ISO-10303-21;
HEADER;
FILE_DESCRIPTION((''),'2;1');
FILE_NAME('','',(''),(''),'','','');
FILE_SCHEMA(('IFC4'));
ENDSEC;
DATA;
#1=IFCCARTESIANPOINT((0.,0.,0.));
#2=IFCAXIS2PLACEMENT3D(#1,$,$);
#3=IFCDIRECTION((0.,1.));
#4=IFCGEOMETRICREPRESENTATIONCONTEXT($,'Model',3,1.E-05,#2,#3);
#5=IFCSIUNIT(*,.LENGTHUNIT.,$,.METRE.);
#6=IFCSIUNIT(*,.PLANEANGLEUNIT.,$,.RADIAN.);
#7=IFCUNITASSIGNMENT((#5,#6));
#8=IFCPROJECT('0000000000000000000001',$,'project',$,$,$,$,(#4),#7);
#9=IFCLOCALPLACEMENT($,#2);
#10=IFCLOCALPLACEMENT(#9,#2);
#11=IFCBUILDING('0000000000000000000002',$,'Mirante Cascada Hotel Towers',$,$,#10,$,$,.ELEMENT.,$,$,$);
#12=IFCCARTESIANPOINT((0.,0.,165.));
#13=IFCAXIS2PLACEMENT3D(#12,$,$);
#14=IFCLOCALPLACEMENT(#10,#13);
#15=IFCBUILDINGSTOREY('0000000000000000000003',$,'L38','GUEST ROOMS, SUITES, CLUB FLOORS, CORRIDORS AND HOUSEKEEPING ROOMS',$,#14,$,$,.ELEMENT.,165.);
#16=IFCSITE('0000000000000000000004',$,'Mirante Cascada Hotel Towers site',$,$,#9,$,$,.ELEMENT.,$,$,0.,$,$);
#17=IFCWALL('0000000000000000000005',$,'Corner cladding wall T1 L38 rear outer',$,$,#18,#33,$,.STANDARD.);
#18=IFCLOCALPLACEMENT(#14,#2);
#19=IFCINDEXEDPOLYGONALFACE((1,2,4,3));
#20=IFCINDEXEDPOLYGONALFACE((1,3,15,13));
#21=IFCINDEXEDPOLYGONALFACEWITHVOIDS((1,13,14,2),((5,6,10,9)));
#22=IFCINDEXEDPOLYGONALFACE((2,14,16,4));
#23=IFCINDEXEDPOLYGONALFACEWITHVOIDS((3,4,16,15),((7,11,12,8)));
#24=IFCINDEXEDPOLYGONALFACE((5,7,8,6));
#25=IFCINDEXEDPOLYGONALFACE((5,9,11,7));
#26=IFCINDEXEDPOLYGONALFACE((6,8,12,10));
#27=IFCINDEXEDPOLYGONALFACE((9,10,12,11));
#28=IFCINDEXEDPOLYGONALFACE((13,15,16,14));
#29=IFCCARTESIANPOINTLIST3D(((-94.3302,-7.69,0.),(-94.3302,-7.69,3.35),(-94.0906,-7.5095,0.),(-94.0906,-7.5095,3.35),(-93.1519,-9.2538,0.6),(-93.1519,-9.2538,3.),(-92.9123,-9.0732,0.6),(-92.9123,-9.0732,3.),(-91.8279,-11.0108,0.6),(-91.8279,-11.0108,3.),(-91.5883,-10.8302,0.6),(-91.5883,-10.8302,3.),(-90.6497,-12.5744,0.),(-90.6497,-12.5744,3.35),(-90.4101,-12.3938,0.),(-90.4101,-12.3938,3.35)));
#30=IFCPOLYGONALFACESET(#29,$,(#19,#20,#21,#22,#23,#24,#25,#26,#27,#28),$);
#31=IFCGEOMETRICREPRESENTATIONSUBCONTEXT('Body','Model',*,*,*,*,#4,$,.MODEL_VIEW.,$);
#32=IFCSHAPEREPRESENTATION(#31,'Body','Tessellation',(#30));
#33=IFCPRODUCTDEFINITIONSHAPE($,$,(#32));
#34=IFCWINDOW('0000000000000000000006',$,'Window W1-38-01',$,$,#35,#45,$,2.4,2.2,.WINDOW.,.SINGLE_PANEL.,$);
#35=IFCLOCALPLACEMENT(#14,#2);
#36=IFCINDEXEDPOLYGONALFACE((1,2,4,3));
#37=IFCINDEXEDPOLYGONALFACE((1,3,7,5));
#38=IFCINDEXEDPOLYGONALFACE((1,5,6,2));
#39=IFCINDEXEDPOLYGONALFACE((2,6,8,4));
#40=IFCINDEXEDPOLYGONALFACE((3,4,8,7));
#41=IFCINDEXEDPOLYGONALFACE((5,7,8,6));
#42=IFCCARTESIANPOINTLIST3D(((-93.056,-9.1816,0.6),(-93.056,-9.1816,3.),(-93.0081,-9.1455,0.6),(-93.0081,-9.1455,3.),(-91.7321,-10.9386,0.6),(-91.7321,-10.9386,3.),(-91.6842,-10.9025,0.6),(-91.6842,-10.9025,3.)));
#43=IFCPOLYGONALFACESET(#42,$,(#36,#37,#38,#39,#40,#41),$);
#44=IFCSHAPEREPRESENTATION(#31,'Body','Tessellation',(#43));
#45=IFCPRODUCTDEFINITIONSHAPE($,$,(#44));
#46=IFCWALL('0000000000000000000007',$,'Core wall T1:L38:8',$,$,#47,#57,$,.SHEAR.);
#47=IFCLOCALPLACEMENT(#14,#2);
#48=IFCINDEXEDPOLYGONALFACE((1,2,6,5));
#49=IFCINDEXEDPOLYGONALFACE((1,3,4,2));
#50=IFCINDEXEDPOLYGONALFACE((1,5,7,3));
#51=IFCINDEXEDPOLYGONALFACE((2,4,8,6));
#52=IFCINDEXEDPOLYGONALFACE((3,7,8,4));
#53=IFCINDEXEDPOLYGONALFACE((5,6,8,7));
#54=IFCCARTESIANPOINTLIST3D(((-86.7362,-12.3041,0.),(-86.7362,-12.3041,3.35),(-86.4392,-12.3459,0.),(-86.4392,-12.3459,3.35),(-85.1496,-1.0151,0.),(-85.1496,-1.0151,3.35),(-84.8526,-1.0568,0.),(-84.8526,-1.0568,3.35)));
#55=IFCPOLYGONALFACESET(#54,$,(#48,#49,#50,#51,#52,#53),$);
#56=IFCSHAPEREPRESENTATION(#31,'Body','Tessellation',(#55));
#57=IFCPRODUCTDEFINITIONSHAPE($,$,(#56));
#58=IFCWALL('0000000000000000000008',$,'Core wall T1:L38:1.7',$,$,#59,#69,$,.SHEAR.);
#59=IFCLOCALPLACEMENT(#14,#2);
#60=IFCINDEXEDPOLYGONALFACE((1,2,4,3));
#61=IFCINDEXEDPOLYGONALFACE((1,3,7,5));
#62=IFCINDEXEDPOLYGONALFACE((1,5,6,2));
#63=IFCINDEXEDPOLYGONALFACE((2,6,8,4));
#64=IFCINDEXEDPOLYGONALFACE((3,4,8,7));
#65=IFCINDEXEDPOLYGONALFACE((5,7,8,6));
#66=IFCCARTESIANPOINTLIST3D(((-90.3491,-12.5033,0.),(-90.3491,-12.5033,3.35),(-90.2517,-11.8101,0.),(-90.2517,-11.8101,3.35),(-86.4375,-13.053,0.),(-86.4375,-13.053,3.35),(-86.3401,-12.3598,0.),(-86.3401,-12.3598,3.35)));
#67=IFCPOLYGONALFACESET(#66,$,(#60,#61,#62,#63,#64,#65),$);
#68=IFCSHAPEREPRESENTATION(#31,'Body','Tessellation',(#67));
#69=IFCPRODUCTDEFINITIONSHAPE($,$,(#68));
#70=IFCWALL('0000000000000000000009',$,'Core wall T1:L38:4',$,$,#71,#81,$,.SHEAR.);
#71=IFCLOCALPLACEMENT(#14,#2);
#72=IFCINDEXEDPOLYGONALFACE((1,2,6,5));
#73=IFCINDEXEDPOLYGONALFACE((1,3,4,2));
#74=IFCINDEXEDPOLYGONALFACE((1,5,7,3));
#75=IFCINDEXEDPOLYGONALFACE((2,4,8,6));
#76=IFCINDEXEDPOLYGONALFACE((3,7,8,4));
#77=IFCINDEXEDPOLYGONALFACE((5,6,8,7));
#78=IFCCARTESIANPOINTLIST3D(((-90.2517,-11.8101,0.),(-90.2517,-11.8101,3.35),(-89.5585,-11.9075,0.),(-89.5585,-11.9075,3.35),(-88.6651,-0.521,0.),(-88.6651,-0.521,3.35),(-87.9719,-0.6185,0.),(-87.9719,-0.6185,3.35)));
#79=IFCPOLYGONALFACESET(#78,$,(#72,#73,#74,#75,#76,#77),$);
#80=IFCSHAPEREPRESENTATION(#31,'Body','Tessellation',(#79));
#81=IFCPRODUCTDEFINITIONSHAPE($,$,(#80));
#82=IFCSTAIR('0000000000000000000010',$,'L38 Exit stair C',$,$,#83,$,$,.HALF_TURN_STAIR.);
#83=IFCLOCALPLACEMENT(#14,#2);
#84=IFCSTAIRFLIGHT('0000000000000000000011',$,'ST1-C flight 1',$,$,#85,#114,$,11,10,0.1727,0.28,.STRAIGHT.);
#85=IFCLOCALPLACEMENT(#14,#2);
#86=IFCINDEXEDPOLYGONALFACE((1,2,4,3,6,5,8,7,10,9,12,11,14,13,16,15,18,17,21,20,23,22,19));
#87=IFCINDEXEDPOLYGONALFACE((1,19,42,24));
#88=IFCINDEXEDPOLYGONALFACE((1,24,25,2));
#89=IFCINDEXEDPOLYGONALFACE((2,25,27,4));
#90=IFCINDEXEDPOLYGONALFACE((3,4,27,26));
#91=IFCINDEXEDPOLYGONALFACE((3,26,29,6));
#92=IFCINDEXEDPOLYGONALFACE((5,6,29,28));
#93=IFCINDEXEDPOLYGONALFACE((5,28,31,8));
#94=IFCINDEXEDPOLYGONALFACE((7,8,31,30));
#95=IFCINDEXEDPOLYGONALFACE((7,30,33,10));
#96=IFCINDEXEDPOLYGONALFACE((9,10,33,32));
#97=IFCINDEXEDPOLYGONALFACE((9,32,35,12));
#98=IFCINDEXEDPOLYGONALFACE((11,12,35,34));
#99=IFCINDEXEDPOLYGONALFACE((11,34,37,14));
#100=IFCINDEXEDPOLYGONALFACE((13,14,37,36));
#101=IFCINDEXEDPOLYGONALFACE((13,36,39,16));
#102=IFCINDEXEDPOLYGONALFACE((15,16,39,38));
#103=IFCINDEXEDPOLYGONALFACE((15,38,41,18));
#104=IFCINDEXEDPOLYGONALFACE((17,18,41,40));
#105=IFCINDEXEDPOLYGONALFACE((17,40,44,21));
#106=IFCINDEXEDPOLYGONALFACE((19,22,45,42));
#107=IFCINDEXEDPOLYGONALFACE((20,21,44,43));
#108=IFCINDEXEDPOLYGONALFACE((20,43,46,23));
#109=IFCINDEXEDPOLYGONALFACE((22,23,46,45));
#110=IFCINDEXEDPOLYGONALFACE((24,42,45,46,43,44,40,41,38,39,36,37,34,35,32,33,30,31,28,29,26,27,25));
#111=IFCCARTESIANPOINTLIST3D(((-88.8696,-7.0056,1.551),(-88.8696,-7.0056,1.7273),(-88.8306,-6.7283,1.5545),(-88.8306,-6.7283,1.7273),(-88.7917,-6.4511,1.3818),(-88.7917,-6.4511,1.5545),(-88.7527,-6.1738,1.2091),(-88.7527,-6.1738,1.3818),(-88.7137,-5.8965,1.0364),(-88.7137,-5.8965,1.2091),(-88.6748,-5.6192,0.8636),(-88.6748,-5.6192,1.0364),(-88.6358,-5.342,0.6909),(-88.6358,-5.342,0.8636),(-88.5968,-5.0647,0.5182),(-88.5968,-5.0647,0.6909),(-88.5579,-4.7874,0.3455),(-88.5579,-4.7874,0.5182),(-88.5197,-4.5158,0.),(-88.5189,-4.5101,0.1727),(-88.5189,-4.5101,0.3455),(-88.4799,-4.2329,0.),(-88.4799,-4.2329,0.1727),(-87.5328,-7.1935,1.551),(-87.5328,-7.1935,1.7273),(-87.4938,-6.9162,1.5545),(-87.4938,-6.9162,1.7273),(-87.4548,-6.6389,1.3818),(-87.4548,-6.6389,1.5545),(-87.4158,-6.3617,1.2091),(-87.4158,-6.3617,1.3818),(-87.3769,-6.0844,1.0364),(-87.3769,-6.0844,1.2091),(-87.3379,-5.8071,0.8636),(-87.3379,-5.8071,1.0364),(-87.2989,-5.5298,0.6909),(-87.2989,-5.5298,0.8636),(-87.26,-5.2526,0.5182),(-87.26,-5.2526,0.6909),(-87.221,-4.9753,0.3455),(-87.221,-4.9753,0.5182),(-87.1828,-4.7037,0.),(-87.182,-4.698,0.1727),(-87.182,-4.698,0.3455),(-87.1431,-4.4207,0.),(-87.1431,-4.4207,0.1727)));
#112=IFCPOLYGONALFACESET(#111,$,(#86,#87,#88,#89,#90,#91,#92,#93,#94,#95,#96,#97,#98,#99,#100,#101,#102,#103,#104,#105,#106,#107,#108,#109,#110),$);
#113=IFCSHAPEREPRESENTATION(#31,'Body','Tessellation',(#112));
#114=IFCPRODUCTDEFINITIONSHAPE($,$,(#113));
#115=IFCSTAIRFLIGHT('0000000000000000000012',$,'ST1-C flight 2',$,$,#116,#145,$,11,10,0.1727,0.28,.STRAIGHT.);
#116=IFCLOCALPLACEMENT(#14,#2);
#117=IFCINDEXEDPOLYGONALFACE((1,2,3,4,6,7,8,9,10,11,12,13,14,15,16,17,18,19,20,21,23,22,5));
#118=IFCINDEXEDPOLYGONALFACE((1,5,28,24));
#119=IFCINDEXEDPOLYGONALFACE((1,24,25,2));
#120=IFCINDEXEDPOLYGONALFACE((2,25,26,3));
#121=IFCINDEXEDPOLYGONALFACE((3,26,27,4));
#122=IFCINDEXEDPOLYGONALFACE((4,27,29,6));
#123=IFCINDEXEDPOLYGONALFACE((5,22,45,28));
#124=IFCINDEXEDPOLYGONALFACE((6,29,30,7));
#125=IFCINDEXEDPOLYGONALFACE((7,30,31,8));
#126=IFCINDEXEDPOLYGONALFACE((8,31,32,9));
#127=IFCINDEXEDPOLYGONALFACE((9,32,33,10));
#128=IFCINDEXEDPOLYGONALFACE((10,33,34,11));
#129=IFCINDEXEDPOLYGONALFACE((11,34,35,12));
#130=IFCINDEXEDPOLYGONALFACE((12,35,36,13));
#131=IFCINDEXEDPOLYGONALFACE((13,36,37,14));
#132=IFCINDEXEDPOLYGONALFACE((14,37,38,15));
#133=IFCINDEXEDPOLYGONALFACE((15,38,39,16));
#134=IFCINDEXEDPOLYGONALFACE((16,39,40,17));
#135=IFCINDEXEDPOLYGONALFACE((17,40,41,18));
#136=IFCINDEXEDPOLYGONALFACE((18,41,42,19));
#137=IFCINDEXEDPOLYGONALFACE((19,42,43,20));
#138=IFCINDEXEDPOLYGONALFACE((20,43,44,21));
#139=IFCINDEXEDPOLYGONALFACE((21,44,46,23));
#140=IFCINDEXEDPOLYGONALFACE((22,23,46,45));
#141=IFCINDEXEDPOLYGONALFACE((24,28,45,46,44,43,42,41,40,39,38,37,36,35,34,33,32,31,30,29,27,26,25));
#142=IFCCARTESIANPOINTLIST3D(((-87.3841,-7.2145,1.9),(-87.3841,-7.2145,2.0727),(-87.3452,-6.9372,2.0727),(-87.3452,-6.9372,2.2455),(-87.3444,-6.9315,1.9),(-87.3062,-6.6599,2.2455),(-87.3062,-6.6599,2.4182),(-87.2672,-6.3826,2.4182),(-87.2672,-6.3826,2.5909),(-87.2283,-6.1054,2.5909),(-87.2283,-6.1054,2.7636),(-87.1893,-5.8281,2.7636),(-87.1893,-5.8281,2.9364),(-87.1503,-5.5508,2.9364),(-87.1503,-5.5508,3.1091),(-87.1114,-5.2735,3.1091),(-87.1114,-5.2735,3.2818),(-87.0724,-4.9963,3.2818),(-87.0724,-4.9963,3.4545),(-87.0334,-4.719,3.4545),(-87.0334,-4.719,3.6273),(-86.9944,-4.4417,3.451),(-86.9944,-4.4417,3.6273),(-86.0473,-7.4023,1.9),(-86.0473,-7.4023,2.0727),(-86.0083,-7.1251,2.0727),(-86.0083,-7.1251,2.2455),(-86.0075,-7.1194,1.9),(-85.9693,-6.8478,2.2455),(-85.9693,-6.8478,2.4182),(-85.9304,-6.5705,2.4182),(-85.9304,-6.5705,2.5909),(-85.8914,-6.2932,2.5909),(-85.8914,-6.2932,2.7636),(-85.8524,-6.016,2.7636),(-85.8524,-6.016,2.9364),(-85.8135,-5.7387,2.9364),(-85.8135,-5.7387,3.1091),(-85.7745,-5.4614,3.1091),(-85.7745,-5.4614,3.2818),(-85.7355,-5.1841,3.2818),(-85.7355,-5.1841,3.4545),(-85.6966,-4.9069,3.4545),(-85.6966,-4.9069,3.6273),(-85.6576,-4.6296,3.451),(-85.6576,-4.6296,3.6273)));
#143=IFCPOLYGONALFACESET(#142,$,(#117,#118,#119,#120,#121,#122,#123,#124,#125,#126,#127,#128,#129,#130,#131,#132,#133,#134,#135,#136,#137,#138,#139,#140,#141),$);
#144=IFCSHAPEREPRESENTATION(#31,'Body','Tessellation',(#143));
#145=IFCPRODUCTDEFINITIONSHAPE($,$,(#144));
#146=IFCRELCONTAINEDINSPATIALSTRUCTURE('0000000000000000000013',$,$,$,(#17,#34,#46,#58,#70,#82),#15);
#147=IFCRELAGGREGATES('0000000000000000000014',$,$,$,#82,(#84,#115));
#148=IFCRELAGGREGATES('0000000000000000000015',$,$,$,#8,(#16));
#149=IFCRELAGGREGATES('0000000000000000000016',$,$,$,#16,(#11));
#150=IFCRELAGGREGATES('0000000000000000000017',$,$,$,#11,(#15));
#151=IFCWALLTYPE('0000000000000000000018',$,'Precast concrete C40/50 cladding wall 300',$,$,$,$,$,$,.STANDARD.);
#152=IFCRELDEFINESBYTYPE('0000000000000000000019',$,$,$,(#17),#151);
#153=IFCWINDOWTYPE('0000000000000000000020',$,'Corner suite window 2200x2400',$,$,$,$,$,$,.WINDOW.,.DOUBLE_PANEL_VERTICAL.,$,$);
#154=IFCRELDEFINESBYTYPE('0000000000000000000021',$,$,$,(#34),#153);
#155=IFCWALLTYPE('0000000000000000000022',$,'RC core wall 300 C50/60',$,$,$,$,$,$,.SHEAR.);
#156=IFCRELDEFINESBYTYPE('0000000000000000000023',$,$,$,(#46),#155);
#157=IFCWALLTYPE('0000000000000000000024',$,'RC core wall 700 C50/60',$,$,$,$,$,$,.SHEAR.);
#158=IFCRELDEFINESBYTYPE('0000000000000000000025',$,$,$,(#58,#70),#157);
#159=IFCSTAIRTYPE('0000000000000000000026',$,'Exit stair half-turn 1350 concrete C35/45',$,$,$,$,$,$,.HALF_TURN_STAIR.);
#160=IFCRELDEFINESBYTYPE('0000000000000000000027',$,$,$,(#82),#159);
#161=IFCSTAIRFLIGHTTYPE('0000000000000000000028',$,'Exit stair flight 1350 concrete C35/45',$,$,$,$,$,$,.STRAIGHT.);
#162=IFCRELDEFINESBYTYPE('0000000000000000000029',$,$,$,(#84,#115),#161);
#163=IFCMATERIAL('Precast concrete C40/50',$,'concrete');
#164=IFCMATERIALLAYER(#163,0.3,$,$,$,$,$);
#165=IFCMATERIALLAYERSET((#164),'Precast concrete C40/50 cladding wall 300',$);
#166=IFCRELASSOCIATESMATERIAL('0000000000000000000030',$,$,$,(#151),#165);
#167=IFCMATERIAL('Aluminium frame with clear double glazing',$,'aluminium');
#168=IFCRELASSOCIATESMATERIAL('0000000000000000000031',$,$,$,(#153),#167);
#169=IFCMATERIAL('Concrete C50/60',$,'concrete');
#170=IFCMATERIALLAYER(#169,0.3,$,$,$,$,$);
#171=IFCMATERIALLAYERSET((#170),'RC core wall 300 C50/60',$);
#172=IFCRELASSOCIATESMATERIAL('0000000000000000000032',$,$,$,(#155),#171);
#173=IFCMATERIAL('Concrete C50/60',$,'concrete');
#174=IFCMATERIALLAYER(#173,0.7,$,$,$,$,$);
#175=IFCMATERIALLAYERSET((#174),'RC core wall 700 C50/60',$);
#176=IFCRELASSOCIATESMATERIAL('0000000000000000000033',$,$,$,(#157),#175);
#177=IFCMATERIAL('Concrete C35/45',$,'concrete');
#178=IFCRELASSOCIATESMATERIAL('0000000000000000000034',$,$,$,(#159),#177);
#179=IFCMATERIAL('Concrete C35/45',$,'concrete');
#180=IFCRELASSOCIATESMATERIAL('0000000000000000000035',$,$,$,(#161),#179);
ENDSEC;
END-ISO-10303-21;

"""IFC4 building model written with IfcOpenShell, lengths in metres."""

from ifc_helpers import new_model, si_unit, direction, frame, frame_2d, origin, place, context, subcontext, project, spatial, polyline, rectangle, outline, extrude, material, layer, layer_set, type_object, element, fill, aggregate, save


model = new_model("IFC4")

# Units and contexts
model_context = context("Model", 3, precision=1e-05, world=origin(), true_north=direction((0.0, 1.0)))
body_context = subcontext(model_context, "Body", "Model", "MODEL_VIEW")
ifc_project = project(units=[si_unit("LENGTHUNIT", "METRE"), si_unit("PLANEANGLEUNIT", "RADIAN")], contexts=[model_context])

# Site, building, storey
site_placement = place(None, origin())
site = spatial("IfcSite", under=ifc_project, at=site_placement, Name="Mirante Cascada Hotel Towers site", CompositionType="ELEMENT", RefElevation=0.0)
building_placement = place(site_placement, origin())
building = spatial("IfcBuilding", under=site, at=building_placement, Name="Mirante Cascada Hotel Towers", CompositionType="ELEMENT")
storey_placement = place(building_placement, frame((0.0, 0.0, 165.0)))
storey = spatial("IfcBuildingStorey", under=building, at=storey_placement, Name="L38", Description="GUEST ROOMS, SUITES, CLUB FLOORS, CORRIDORS AND HOUSEKEEPING ROOMS", CompositionType="ELEMENT", Elevation=165.0)

# Wall, opening, window
ifc_material_1 = material(Name="Precast concrete C40/50", Category="concrete")
ifc_layer_1 = layer(ifc_material_1, 0.3)
ifc_layer_set_1 = layer_set([ifc_layer_1], Name="Precast concrete C40/50 cladding wall 300")
wall_type_1 = type_object("IfcWallType", Name="Precast concrete C40/50 cladding wall 300", PredefinedType="STANDARD", material=ifc_layer_set_1)
wall_1_placement = place(storey_placement, frame((-90.5299, -12.4841, 0.0), z_axis=(0.0, 0.0, 1.0), x_axis=(-0.601806, 0.798642, 0.0)))
wall_1 = element("IfcWall", 1, at=wall_1_placement, inside=storey, type_object=wall_type_1, Name="Corner cladding wall T1 L38 rear outer", PredefinedType="STANDARD", context=body_context, shape_type="SweptSolid", body=[
    extrude(rectangle(XDim=6.1158, YDim=0.3, at=frame_2d((3.0579, 0.0))), origin(), (0.0, 0.0, 1.0), 3.35),
])
opening_1_placement = place(wall_1_placement, frame((1.9578, 0.0, 0.6)))
opening_1 = element("IfcOpeningElement", 2, at=opening_1_placement, cuts=wall_1, PredefinedType="OPENING", context=body_context, shape_type="SweptSolid", body=[
    extrude(rectangle(XDim=2.2, YDim=2.4, at=frame_2d((1.1, 1.2))), frame((0.0, 0.15, 0.0), z_axis=(0.0, -1.0, 0.0), x_axis=(1.0, 0.0, 0.0)), (0.0, 0.0, 1.0), 0.3),
])
ifc_material_2 = material(Name="Aluminium frame with clear double glazing", Category="aluminium")
window_type = type_object("IfcWindowType", Name="Corner suite window 2200x2400", PartitioningType="DOUBLE_PANEL_VERTICAL", PredefinedType="WINDOW", material=ifc_material_2)
window_placement = place(opening_1_placement, origin())
window = element("IfcWindow", 3, at=window_placement, inside=storey, type_object=window_type, Name="Window W1-38-01", OverallHeight=2.4, OverallWidth=2.2, PartitioningType="SINGLE_PANEL", PredefinedType="WINDOW", context=body_context, shape_type="SweptSolid", body=[
    extrude(rectangle(XDim=2.2, YDim=2.4, at=frame_2d((1.1, 1.2))), frame((0.0, 0.03, 0.0), z_axis=(0.0, -1.0, 0.0), x_axis=(1.0, 0.0, 0.0)), (0.0, 0.0, 1.0), 0.06),
])
fill(opening_1, window)

# Walls
ifc_material_3 = material(Name="Concrete C50/60", Category="concrete")
ifc_layer_2 = layer(ifc_material_3, 0.3)
ifc_layer_set_2 = layer_set([ifc_layer_2], Name="RC core wall 300 C50/60")
wall_type_2 = type_object("IfcWallType", Name="RC core wall 300 C50/60", PredefinedType="SHEAR", material=ifc_layer_set_2)
wall_2_placement = place(storey_placement, frame((-86.5877, -12.325, 0.0), z_axis=(0.0, 0.0, 1.0), x_axis=(0.139175, 0.990268, 0.0)))
element("IfcWall", 4, at=wall_2_placement, inside=storey, type_object=wall_type_2, Name="Core wall T1:L38:8", PredefinedType="SHEAR", context=body_context, shape_type="SweptSolid", body=[
    extrude(rectangle(XDim=11.4, YDim=0.3, at=frame_2d((5.7, 0.0))), origin(), (0.0, 0.0, 1.0), 3.35),
])
ifc_material_4 = material(Name="Concrete C50/60", Category="concrete")
ifc_layer_3 = layer(ifc_material_4, 0.7)
ifc_layer_set_3 = layer_set([ifc_layer_3], Name="RC core wall 700 C50/60")
wall_type_3 = type_object("IfcWallType", Name="RC core wall 700 C50/60", PredefinedType="SHEAR", material=ifc_layer_set_3)
wall_3_placement = place(storey_placement, frame((-86.3888, -12.7064, 0.0), z_axis=(0.0, 0.0, 1.0), x_axis=(-0.990269, 0.139163, 0.0)))
element("IfcWall", 5, at=wall_3_placement, inside=storey, type_object=wall_type_3, Name="Core wall T1:L38:1.7", PredefinedType="SHEAR", context=body_context, shape_type="SweptSolid", body=[
    extrude(rectangle(XDim=3.95, YDim=0.7, at=frame_2d((1.975, 0.0))), origin(), (0.0, 0.0, 1.0), 3.35),
])
wall_4_placement = place(storey_placement, frame((-89.9051, -11.8588, 0.0), z_axis=(0.0, 0.0, 1.0), x_axis=(0.139175, 0.990268, 0.0)))
element("IfcWall", 6, at=wall_4_placement, inside=storey, type_object=wall_type_3, Name="Core wall T1:L38:4", PredefinedType="SHEAR", context=body_context, shape_type="SweptSolid", body=[
    extrude(rectangle(XDim=11.4, YDim=0.7, at=frame_2d((5.7, 0.0))), origin(), (0.0, 0.0, 1.0), 3.35),
])

# Stair, stair flights
ifc_material_5 = material(Name="Concrete C35/45", Category="concrete")
stair_type = type_object("IfcStairType", Name="Exit stair half-turn 1350 concrete C35/45", PredefinedType="HALF_TURN_STAIR", material=ifc_material_5)
stair_placement = place(storey_placement, origin())
stair = element("IfcStair", 7, at=stair_placement, inside=storey, type_object=stair_type, Name="L38 Exit stair C", PredefinedType="HALF_TURN_STAIR")
ifc_material_6 = material(Name="Concrete C35/45", Category="concrete")
stair_flight_type = type_object("IfcStairFlightType", Name="Exit stair flight 1350 concrete C35/45", PredefinedType="STRAIGHT", material=ifc_material_6)
stair_flight_1_placement = place(storey_placement, frame((-87.8115, -4.3268, 0.0), z_axis=(0.0, 0.0, 1.0), x_axis=(-0.139173, -0.990268, 0.0)))
stair_flight_1 = element("IfcStairFlight", 8, at=stair_flight_1_placement, type_object=stair_flight_type, Name="ST1-C flight 1", NumberOfRisers=11, NumberOfTreads=10, PredefinedType="STRAIGHT", RiserHeight=0.1727, TreadLength=0.28, context=body_context, shape_type="SweptSolid", body=[
    extrude(outline(polyline([(0.0, 0.0), (0.0, 0.1727), (0.28, 0.1727), (0.28, 0.3455), (0.56, 0.3455), (0.56, 0.5182), (0.84, 0.5182), (0.84, 0.6909), (1.12, 0.6909), (1.12, 0.8636), (1.4, 0.8636), (1.4, 1.0364), (1.68, 1.0364), (1.68, 1.2091), (1.96, 1.2091), (1.96, 1.3818), (2.24, 1.3818), (2.24, 1.5545), (2.52, 1.5545), (2.52, 1.7273), (2.8, 1.7273), (2.8, 1.9), (2.8, 1.551), (0.2857, 0.0), (0.0, 0.0)])), frame((0.0, 0.675, 0.0), z_axis=(0.0, -1.0, 0.0), x_axis=(1.0, 0.0, 0.0)), (0.0, 0.0, 1.0), 1.35),
])
stair_flight_2_placement = place(storey_placement, frame((-86.7157, -7.3084, 1.9), z_axis=(0.0, 0.0, 1.0), x_axis=(0.139173, 0.990268, 0.0)))
stair_flight_2 = element("IfcStairFlight", 9, at=stair_flight_2_placement, type_object=stair_flight_type, Name="ST1-C flight 2", NumberOfRisers=11, NumberOfTreads=10, PredefinedType="STRAIGHT", RiserHeight=0.1727, TreadLength=0.28, context=body_context, shape_type="SweptSolid", body=[
    extrude(outline(polyline([(0.0, 0.0), (0.0, 0.1727), (0.28, 0.1727), (0.28, 0.3455), (0.56, 0.3455), (0.56, 0.5182), (0.84, 0.5182), (0.84, 0.6909), (1.12, 0.6909), (1.12, 0.8636), (1.4, 0.8636), (1.4, 1.0364), (1.68, 1.0364), (1.68, 1.2091), (1.96, 1.2091), (1.96, 1.3818), (2.24, 1.3818), (2.24, 1.5545), (2.52, 1.5545), (2.52, 1.7273), (2.8, 1.7273), (2.8, 1.9), (2.8, 1.551), (0.2857, 0.0), (0.0, 0.0)])), frame((0.0, 0.675, 0.0), z_axis=(0.0, -1.0, 0.0), x_axis=(1.0, 0.0, 0.0)), (0.0, 0.0, 1.0), 1.35),
])
aggregate(stair, [stair_flight_1, stair_flight_2])

save(model, "model.ifc")
